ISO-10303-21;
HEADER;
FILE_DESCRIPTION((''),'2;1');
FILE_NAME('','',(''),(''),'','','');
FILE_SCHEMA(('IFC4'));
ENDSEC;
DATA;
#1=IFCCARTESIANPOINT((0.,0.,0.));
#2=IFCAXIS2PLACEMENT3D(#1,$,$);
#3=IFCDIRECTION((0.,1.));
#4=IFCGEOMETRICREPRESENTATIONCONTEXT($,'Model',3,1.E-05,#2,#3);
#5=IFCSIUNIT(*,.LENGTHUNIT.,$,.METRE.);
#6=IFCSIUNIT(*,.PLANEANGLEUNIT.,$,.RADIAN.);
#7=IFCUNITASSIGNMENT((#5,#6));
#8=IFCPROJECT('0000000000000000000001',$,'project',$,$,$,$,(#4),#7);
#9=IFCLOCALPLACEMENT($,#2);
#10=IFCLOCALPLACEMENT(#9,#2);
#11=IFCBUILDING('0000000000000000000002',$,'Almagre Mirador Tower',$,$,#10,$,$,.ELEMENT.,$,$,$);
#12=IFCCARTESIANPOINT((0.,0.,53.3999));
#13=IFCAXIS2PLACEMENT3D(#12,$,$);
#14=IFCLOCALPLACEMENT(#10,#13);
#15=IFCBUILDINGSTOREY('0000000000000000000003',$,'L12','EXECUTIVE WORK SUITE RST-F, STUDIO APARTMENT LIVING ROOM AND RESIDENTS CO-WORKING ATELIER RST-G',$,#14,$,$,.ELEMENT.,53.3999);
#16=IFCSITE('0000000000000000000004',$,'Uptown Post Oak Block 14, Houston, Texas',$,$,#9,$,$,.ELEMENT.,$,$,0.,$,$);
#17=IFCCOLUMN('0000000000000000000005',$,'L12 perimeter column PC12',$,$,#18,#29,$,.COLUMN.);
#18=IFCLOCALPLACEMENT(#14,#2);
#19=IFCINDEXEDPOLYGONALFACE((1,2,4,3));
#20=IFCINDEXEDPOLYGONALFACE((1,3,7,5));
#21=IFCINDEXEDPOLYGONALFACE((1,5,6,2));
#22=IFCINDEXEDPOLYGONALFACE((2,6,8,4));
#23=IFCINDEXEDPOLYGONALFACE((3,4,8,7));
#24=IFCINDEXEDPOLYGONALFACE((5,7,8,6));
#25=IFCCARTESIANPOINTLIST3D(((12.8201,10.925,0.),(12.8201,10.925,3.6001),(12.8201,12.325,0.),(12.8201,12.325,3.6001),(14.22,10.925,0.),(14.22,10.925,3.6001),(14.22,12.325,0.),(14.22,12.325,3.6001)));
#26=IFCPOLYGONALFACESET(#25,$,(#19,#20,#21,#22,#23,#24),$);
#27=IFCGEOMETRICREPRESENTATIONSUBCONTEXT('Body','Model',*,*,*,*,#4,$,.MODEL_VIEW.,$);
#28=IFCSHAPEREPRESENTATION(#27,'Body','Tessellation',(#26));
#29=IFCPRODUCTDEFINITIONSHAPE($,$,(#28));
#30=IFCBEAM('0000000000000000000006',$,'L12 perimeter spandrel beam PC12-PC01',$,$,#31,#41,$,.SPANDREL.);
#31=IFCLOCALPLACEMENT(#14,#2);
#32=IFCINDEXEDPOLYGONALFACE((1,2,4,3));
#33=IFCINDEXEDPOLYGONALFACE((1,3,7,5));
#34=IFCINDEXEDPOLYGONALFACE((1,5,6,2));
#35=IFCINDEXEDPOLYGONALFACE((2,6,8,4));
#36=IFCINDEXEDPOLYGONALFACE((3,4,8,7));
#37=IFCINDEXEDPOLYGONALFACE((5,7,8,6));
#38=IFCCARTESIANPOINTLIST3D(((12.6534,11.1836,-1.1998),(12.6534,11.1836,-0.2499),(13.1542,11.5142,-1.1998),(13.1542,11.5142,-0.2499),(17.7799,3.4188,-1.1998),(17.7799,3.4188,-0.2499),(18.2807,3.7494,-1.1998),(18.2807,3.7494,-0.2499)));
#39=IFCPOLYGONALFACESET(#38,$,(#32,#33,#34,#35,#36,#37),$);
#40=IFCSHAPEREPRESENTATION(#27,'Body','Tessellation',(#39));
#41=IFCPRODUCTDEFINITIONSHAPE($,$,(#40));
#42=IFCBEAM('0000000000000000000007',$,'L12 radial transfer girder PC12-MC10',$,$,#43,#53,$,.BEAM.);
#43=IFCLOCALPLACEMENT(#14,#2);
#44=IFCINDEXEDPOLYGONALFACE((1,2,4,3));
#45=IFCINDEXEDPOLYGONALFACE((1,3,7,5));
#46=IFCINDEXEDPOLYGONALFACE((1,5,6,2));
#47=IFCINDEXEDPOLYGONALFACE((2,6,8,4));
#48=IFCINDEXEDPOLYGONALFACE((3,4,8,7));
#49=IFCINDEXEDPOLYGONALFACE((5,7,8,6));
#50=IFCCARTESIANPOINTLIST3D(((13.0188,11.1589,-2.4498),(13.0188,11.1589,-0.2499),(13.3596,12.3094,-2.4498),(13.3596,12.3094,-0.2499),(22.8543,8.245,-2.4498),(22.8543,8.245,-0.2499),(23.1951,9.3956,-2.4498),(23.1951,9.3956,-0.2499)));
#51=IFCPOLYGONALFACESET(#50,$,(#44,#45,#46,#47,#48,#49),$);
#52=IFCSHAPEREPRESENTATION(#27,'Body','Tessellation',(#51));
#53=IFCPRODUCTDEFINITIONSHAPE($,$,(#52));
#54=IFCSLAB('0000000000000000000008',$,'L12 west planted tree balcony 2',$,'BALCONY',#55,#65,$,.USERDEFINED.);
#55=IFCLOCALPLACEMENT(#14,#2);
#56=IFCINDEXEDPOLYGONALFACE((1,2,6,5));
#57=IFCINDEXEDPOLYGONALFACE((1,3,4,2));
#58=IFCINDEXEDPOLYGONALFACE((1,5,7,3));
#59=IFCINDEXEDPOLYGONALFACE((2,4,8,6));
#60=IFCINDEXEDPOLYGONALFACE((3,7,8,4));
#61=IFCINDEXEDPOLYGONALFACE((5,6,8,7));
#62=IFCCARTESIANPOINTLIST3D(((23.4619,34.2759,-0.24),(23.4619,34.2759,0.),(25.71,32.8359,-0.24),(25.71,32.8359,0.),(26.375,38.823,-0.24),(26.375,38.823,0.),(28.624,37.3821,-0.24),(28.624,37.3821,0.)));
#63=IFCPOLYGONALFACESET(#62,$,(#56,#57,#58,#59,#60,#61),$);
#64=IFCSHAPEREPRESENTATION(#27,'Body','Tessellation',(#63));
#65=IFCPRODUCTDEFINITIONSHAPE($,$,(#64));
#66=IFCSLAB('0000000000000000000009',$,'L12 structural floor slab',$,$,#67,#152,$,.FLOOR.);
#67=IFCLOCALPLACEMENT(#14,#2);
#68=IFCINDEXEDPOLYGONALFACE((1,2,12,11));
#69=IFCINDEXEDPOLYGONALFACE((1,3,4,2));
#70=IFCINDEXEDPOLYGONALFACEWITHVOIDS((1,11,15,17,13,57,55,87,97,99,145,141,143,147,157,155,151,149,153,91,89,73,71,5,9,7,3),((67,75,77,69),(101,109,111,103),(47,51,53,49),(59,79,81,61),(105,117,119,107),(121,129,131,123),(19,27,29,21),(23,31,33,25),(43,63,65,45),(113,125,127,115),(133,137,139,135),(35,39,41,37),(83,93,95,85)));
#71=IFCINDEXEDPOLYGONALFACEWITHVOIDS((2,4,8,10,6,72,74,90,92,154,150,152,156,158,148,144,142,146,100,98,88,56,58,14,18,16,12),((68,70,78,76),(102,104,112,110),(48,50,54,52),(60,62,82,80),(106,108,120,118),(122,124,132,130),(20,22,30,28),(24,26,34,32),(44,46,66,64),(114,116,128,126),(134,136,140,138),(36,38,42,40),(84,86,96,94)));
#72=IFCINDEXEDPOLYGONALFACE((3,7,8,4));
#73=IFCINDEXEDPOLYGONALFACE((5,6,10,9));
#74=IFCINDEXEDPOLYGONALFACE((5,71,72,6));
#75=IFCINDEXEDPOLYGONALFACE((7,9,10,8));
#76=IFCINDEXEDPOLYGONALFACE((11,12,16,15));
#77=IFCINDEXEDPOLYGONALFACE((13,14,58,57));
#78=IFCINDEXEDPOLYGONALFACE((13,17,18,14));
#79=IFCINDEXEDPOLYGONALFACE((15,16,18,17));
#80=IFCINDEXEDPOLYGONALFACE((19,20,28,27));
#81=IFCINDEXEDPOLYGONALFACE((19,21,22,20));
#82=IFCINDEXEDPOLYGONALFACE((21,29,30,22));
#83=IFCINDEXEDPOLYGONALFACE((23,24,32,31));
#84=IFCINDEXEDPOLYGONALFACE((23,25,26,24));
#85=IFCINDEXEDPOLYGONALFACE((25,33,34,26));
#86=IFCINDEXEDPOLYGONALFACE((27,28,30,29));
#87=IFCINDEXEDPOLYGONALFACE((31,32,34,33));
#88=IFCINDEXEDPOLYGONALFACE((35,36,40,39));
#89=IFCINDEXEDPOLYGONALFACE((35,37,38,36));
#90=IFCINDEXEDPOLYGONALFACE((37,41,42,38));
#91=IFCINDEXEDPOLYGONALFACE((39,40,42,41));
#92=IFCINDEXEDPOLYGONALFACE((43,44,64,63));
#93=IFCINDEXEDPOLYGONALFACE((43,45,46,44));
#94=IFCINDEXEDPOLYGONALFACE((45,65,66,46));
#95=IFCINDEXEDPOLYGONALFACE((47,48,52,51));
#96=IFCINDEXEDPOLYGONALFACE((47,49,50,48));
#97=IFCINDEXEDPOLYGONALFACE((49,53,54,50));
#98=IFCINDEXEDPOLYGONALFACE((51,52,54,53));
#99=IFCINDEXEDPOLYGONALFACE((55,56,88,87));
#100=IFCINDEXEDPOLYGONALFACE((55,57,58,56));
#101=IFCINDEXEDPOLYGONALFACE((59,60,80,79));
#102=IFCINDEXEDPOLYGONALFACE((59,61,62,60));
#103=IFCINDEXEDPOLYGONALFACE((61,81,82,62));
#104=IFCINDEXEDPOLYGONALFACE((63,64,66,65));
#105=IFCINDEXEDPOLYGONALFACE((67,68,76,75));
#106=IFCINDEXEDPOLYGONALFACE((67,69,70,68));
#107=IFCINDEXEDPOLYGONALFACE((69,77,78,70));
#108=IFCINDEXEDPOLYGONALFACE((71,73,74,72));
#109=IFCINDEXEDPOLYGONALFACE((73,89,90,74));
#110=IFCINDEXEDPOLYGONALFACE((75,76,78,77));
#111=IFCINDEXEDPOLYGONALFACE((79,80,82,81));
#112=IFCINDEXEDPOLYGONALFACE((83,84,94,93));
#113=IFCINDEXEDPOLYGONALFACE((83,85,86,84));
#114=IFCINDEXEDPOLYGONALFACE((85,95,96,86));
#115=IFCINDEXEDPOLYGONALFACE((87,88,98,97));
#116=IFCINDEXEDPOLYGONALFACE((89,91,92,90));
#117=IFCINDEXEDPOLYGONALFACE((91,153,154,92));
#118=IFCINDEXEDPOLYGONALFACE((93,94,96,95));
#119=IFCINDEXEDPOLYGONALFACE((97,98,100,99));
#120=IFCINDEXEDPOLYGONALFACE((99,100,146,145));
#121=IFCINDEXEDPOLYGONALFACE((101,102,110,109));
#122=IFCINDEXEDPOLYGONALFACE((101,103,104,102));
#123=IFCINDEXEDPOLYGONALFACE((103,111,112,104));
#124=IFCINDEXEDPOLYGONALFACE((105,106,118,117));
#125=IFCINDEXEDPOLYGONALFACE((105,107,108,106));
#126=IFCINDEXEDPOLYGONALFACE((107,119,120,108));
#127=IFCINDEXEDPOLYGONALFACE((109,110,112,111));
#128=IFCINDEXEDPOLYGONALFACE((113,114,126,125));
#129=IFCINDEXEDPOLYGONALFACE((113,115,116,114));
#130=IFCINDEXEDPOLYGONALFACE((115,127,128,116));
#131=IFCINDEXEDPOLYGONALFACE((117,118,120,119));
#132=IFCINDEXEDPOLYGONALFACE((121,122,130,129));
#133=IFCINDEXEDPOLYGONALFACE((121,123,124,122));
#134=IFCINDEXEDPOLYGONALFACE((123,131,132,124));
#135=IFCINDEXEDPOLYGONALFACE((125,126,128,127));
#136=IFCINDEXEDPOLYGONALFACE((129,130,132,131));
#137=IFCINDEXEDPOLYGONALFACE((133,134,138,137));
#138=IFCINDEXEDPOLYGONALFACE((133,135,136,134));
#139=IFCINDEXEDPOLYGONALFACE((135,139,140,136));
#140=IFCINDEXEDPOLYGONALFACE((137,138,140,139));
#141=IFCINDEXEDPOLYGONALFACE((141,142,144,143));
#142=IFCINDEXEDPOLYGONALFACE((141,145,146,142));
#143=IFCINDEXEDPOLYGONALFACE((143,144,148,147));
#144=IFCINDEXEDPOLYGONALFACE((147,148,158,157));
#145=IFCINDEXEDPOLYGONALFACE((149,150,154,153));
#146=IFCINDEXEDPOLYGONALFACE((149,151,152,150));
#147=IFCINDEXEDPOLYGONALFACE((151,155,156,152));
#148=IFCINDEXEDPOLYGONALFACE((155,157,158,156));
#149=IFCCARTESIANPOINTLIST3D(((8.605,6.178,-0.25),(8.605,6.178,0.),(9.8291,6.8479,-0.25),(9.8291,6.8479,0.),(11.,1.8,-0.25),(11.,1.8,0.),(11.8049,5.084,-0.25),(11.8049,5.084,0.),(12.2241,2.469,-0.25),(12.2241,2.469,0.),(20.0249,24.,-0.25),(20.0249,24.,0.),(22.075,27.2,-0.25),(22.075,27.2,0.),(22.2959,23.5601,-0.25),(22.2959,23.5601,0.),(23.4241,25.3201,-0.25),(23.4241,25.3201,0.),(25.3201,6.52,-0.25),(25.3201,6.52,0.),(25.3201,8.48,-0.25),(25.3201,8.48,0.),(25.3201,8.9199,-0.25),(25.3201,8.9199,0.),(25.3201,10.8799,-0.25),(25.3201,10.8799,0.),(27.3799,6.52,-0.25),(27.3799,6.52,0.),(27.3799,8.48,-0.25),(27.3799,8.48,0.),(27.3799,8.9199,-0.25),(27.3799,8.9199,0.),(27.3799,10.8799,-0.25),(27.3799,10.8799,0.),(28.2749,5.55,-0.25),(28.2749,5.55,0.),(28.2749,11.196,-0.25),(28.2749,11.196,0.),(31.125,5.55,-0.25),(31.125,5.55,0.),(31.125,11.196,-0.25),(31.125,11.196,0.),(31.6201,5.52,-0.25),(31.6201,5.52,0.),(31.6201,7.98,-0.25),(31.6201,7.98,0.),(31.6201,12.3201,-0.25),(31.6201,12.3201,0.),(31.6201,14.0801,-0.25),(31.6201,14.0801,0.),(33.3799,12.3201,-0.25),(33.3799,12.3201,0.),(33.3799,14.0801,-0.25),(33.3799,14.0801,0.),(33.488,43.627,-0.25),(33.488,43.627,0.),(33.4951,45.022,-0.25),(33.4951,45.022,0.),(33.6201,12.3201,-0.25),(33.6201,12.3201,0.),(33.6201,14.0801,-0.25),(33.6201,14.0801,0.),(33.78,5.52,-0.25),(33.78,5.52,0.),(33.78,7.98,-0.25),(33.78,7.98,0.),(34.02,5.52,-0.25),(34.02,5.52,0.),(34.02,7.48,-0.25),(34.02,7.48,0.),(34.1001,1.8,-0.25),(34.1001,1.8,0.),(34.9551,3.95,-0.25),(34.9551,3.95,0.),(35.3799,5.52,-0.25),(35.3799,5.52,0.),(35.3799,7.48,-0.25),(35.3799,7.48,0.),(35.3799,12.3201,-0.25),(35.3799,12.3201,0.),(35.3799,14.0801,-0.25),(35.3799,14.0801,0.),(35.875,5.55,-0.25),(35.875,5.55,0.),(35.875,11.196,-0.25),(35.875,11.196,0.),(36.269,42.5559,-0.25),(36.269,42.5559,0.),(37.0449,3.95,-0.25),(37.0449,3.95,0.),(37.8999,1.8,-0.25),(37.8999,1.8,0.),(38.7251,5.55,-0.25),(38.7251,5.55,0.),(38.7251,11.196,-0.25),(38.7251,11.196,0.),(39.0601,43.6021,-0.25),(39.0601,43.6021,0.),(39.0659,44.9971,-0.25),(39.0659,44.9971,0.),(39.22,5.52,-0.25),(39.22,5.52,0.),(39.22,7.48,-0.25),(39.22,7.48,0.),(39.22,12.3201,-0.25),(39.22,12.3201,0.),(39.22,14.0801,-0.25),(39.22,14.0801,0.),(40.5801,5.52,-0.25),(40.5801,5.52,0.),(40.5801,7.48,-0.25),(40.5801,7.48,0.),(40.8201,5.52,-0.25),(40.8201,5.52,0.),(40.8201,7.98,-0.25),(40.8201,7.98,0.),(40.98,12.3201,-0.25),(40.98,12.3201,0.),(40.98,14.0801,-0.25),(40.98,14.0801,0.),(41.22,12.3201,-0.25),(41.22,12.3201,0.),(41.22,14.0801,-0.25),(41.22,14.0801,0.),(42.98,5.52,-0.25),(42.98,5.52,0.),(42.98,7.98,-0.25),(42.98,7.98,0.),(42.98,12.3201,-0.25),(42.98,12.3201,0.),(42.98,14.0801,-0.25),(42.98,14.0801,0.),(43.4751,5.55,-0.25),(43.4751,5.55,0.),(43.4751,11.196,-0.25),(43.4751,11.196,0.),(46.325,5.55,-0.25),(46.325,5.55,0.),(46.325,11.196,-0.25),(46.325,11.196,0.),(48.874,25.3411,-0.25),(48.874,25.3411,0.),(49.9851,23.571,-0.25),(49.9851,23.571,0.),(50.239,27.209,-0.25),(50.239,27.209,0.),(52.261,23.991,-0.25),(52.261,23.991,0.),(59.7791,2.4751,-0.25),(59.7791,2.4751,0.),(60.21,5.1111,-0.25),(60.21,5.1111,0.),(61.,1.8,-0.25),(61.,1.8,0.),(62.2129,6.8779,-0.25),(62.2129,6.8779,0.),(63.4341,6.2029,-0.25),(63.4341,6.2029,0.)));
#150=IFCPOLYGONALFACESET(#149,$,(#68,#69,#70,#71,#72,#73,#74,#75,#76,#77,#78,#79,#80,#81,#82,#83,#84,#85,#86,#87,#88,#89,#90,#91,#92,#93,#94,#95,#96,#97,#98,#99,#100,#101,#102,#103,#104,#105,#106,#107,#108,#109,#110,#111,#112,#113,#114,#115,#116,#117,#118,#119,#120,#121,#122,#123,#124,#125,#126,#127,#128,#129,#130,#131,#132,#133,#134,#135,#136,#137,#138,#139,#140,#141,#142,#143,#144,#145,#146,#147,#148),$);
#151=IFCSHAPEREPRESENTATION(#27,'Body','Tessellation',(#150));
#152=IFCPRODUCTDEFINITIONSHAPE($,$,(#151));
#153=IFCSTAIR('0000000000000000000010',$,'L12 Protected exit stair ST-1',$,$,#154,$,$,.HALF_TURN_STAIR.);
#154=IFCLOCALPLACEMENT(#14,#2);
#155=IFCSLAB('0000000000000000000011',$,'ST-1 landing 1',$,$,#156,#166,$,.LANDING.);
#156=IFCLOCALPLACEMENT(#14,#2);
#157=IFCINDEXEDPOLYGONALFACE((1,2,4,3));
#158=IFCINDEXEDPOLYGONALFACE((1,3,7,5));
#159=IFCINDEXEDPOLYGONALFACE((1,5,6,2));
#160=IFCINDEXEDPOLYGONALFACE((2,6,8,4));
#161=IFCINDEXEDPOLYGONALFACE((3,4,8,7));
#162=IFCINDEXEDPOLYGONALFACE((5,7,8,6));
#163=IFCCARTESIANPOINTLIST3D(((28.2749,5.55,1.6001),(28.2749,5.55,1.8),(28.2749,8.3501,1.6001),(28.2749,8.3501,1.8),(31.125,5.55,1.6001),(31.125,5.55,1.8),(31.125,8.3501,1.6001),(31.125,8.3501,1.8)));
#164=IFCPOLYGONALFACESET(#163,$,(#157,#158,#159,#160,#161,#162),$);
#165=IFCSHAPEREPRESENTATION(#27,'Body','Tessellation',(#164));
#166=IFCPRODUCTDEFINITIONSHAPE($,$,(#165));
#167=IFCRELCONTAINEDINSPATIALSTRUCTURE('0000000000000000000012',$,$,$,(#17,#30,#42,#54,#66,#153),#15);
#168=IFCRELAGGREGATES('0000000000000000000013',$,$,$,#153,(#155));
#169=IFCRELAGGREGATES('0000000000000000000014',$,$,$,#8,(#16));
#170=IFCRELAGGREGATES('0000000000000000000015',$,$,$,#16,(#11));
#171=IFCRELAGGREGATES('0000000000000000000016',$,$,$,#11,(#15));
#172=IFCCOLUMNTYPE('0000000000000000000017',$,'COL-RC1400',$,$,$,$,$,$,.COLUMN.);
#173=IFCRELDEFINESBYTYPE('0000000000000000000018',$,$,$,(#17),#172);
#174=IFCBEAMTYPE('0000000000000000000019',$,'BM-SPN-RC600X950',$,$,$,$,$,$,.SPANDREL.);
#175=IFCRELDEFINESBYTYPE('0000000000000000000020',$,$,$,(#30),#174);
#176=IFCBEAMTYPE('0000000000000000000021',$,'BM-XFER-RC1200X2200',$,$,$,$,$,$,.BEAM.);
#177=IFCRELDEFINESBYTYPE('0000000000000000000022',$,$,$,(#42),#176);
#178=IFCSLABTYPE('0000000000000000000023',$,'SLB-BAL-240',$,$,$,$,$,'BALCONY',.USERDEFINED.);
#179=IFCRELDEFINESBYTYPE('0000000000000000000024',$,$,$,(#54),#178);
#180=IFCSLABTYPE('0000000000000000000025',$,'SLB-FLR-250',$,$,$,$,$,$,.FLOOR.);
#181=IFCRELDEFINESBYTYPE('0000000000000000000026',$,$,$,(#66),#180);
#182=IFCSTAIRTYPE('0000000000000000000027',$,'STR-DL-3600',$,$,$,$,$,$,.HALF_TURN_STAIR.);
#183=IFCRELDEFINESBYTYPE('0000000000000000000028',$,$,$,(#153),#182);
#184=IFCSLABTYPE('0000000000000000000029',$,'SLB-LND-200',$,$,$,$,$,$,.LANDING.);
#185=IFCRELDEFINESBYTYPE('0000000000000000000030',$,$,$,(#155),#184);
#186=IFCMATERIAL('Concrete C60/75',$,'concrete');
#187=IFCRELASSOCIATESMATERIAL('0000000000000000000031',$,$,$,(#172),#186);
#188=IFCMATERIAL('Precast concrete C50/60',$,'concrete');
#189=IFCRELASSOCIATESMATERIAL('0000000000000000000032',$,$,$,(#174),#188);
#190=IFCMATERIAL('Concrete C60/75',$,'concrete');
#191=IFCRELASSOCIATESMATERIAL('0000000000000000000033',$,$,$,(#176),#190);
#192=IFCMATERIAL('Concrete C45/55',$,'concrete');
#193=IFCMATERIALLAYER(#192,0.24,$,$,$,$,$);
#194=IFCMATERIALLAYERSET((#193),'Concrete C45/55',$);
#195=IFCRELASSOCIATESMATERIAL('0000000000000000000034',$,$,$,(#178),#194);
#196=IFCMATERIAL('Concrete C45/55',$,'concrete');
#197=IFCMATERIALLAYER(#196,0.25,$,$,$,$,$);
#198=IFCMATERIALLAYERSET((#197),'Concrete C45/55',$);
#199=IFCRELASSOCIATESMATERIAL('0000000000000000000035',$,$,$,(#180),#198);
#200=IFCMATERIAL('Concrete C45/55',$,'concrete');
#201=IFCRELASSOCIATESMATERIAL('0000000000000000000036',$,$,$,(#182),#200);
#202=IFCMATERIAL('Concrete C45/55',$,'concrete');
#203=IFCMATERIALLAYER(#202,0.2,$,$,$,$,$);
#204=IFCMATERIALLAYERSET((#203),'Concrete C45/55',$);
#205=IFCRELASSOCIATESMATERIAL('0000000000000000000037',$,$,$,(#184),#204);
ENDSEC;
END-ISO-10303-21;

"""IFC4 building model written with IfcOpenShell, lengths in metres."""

from ifc_helpers import new_model, si_unit, direction, frame, origin, origin_2d, place, context, subcontext, project, spatial, polyline, rectangle, outline, extrude, material, layer, layer_set, material_profile, profile_set, type_object, element, aggregate, save


model = new_model("IFC4")

# Units and contexts
model_context = context("Model", 3, precision=1e-05, world=origin(), true_north=direction((0.0, 1.0)))
body_context = subcontext(model_context, "Body", "Model", "MODEL_VIEW")
ifc_project = project(units=[si_unit("LENGTHUNIT", "METRE"), si_unit("PLANEANGLEUNIT", "RADIAN")], contexts=[model_context])

# Site, building, storey
site_placement = place(None, origin())
site = spatial("IfcSite", under=ifc_project, at=site_placement, Name="Uptown Post Oak Block 14, Houston, Texas", CompositionType="ELEMENT", RefElevation=0.0)
building_placement = place(site_placement, origin())
building = spatial("IfcBuilding", under=site, at=building_placement, Name="Almagre Mirador Tower", CompositionType="ELEMENT")
storey_placement = place(building_placement, frame((0.0, 0.0, 53.3999)))
storey = spatial("IfcBuildingStorey", under=building, at=storey_placement, Name="L12", Description="EXECUTIVE WORK SUITE RST-F, STUDIO APARTMENT LIVING ROOM AND RESIDENTS CO-WORKING ATELIER RST-G", CompositionType="ELEMENT", Elevation=53.3999)

# Column
ifc_material_1 = material(Name="Concrete C60/75", Category="concrete")
ifc_material_profile_1 = material_profile(ifc_material_1, rectangle(XDim=1.3999, YDim=1.3999, at=origin_2d()), Name="RC1400X1400")
ifc_profile_set_1 = profile_set([ifc_material_profile_1], Name="Concrete C60/75")
column_type = type_object("IfcColumnType", Name="COL-RC1400", PredefinedType="COLUMN", material=ifc_profile_set_1)
column_placement = place(storey_placement, frame((13.52, 11.625, 0.0), z_axis=(0.0, 0.0, 1.0), x_axis=(1.0, 0.0, 0.0)))
element("IfcColumn", 1, at=column_placement, inside=storey, type_object=column_type, Name="L12 perimeter column PC12", PredefinedType="COLUMN", context=body_context, shape_type="SweptSolid", body=[
    extrude(rectangle(XDim=1.3999, YDim=1.3999, at=origin_2d()), origin(), (0.0, 0.0, 1.0), 3.6001),
])

# Beams
ifc_material_2 = material(Name="Precast concrete C50/60", Category="concrete")
ifc_material_profile_2 = material_profile(ifc_material_2, rectangle(XDim=0.6001, YDim=0.95, at=origin_2d()), Name="RC600X950")
ifc_profile_set_2 = profile_set([ifc_material_profile_2], Name="Precast concrete C50/60")
beam_type_1 = type_object("IfcBeamType", Name="BM-SPN-RC600X950", PredefinedType="SPANDREL", material=ifc_profile_set_2)
beam_1_placement = place(storey_placement, frame((12.9038, 11.3489, -0.7249), z_axis=(0.550977, -0.834521, 0.0), x_axis=(0.834521, 0.550977, 0.0)))
element("IfcBeam", 2, at=beam_1_placement, inside=storey, type_object=beam_type_1, Name="L12 perimeter spandrel beam PC12-PC01", PredefinedType="SPANDREL", context=body_context, shape_type="SweptSolid", body=[
    extrude(rectangle(XDim=0.6001, YDim=0.95, at=origin_2d()), origin(), (0.0, 0.0, 1.0), 9.3044),
])
ifc_material_3 = material(Name="Concrete C60/75", Category="concrete")
ifc_material_profile_3 = material_profile(ifc_material_3, rectangle(XDim=1.2, YDim=2.2, at=origin_2d()), Name="RC1200X2200")
ifc_profile_set_3 = profile_set([ifc_material_profile_3], Name="Concrete C60/75")
beam_type_2 = type_object("IfcBeamType", Name="BM-XFER-RC1200X2200", PredefinedType="BEAM", material=ifc_profile_set_3)
beam_2_placement = place(storey_placement, frame((13.1892, 11.7341, -1.3499), z_axis=(0.958808, -0.284053, 0.0), x_axis=(0.284053, 0.958808, 0.0)))
element("IfcBeam", 3, at=beam_2_placement, inside=storey, type_object=beam_type_2, Name="L12 radial transfer girder PC12-MC10", PredefinedType="BEAM", context=body_context, shape_type="SweptSolid", body=[
    extrude(rectangle(XDim=1.2, YDim=2.2, at=origin_2d()), origin(), (0.0, 0.0, 1.0), 10.2581),
])

# Slabs
ifc_material_4 = material(Name="Concrete C45/55", Category="concrete")
ifc_layer_1 = layer(ifc_material_4, 0.24)
ifc_layer_set_1 = layer_set([ifc_layer_1], Name="Concrete C45/55")
slab_type_1 = type_object("IfcSlabType", Name="SLB-BAL-240", ElementType="BALCONY", PredefinedType="USERDEFINED", material=ifc_layer_set_1)
slab_1_placement = place(storey_placement, frame((0.0, 0.0, -0.24)))
element("IfcSlab", 4, at=slab_1_placement, inside=storey, type_object=slab_type_1, Name="L12 west planted tree balcony 2", ObjectType="BALCONY", PredefinedType="USERDEFINED", context=body_context, shape_type="SweptSolid", body=[
    extrude(outline(polyline([(28.624, 37.3821), (25.71, 32.8359), (23.4619, 34.2759), (26.375, 38.823), (28.624, 37.3821)])), origin(), (0.0, 0.0, 1.0), 0.24),
])
ifc_material_5 = material(Name="Concrete C45/55", Category="concrete")
ifc_layer_2 = layer(ifc_material_5, 0.25)
ifc_layer_set_2 = layer_set([ifc_layer_2], Name="Concrete C45/55")
slab_type_2 = type_object("IfcSlabType", Name="SLB-FLR-250", PredefinedType="FLOOR", material=ifc_layer_set_2)
slab_2_placement = place(storey_placement, frame((0.0, 0.0, -0.25)))
element("IfcSlab", 5, at=slab_2_placement, inside=storey, type_object=slab_type_2, Name="L12 structural floor slab", PredefinedType="FLOOR", context=body_context, shape_type="SweptSolid", body=[
    extrude(outline(polyline([(8.605, 6.178), (9.8291, 6.8479), (11.8049, 5.084), (12.2241, 2.469), (11.0, 1.8), (34.1001, 1.8), (34.9551, 3.95), (37.0449, 3.95), (37.8999, 1.8), (61.0, 1.8), (59.7791, 2.4751), (60.21, 5.1111), (62.2129, 6.8779), (63.4341, 6.2029), (52.261, 23.991), (49.9851, 23.571), (48.874, 25.3411), (50.239, 27.209), (39.0659, 44.9971), (39.0601, 43.6021), (36.269, 42.5559), (33.488, 43.627), (33.4951, 45.022), (22.075, 27.2), (23.4241, 25.3201), (22.2959, 23.5601), (20.0249, 24.0), (8.605, 6.178)]), holes=[polyline([(43.4751, 11.196), (46.325, 11.196), (46.325, 5.55), (43.4751, 5.55), (43.4751, 11.196)]), polyline([(40.8201, 5.52), (40.8201, 7.98), (42.98, 7.98), (42.98, 5.52), (40.8201, 5.52)]), polyline([(41.22, 12.3201), (41.22, 14.0801), (42.98, 14.0801), (42.98, 12.3201), (41.22, 12.3201)]), polyline([(39.22, 12.3201), (39.22, 14.0801), (40.98, 14.0801), (40.98, 12.3201), (39.22, 12.3201)]), polyline([(39.22, 5.52), (39.22, 7.48), (40.5801, 7.48), (40.5801, 5.52), (39.22, 5.52)]), polyline([(35.875, 11.196), (38.7251, 11.196), (38.7251, 5.55), (35.875, 5.55), (35.875, 11.196)]), polyline([(35.3799, 5.52), (34.02, 5.52), (34.02, 7.48), (35.3799, 7.48), (35.3799, 5.52)]), polyline([(35.3799, 12.3201), (33.6201, 12.3201), (33.6201, 14.0801), (35.3799, 14.0801), (35.3799, 12.3201)]), polyline([(31.6201, 5.52), (31.6201, 7.98), (33.78, 7.98), (33.78, 5.52), (31.6201, 5.52)]), polyline([(31.6201, 12.3201), (31.6201, 14.0801), (33.3799, 14.0801), (33.3799, 12.3201), (31.6201, 12.3201)]), polyline([(28.2749, 5.55), (28.2749, 11.196), (31.125, 11.196), (31.125, 5.55), (28.2749, 5.55)]), polyline([(25.3201, 6.52), (25.3201, 8.48), (27.3799, 8.48), (27.3799, 6.52), (25.3201, 6.52)]), polyline([(25.3201, 8.9199), (25.3201, 10.8799), (27.3799, 10.8799), (27.3799, 8.9199), (25.3201, 8.9199)])]), origin(), (0.0, 0.0, 1.0), 0.25),
])

# Stair, slab
ifc_material_6 = material(Name="Concrete C45/55", Category="concrete")
stair_type = type_object("IfcStairType", Name="STR-DL-3600", PredefinedType="HALF_TURN_STAIR", material=ifc_material_6)
stair_1_placement = place(storey_placement, origin())
stair_1 = element("IfcStair", 6, at=stair_1_placement, inside=storey, type_object=stair_type, Name="L12 Protected exit stair ST-1", PredefinedType="HALF_TURN_STAIR")
ifc_material_7 = material(Name="Concrete C45/55", Category="concrete")
ifc_layer_3 = layer(ifc_material_7, 0.2)
ifc_layer_set_3 = layer_set([ifc_layer_3], Name="Concrete C45/55")
slab_type_3 = type_object("IfcSlabType", Name="SLB-LND-200", PredefinedType="LANDING", material=ifc_layer_set_3)
slab_3_placement = place(storey_placement, frame((0.0, 0.0, 1.6001)))
slab_3 = element("IfcSlab", 7, at=slab_3_placement, type_object=slab_type_3, Name="ST-1 landing 1", PredefinedType="LANDING", context=body_context, shape_type="SweptSolid", body=[
    extrude(outline(polyline([(28.2749, 8.3501), (28.2749, 5.55), (31.125, 5.55), (31.125, 8.3501), (28.2749, 8.3501)])), origin(), (0.0, 0.0, 1.0), 0.2),
])
aggregate(stair_1, [slab_3])

save(model, "model.ifc")
